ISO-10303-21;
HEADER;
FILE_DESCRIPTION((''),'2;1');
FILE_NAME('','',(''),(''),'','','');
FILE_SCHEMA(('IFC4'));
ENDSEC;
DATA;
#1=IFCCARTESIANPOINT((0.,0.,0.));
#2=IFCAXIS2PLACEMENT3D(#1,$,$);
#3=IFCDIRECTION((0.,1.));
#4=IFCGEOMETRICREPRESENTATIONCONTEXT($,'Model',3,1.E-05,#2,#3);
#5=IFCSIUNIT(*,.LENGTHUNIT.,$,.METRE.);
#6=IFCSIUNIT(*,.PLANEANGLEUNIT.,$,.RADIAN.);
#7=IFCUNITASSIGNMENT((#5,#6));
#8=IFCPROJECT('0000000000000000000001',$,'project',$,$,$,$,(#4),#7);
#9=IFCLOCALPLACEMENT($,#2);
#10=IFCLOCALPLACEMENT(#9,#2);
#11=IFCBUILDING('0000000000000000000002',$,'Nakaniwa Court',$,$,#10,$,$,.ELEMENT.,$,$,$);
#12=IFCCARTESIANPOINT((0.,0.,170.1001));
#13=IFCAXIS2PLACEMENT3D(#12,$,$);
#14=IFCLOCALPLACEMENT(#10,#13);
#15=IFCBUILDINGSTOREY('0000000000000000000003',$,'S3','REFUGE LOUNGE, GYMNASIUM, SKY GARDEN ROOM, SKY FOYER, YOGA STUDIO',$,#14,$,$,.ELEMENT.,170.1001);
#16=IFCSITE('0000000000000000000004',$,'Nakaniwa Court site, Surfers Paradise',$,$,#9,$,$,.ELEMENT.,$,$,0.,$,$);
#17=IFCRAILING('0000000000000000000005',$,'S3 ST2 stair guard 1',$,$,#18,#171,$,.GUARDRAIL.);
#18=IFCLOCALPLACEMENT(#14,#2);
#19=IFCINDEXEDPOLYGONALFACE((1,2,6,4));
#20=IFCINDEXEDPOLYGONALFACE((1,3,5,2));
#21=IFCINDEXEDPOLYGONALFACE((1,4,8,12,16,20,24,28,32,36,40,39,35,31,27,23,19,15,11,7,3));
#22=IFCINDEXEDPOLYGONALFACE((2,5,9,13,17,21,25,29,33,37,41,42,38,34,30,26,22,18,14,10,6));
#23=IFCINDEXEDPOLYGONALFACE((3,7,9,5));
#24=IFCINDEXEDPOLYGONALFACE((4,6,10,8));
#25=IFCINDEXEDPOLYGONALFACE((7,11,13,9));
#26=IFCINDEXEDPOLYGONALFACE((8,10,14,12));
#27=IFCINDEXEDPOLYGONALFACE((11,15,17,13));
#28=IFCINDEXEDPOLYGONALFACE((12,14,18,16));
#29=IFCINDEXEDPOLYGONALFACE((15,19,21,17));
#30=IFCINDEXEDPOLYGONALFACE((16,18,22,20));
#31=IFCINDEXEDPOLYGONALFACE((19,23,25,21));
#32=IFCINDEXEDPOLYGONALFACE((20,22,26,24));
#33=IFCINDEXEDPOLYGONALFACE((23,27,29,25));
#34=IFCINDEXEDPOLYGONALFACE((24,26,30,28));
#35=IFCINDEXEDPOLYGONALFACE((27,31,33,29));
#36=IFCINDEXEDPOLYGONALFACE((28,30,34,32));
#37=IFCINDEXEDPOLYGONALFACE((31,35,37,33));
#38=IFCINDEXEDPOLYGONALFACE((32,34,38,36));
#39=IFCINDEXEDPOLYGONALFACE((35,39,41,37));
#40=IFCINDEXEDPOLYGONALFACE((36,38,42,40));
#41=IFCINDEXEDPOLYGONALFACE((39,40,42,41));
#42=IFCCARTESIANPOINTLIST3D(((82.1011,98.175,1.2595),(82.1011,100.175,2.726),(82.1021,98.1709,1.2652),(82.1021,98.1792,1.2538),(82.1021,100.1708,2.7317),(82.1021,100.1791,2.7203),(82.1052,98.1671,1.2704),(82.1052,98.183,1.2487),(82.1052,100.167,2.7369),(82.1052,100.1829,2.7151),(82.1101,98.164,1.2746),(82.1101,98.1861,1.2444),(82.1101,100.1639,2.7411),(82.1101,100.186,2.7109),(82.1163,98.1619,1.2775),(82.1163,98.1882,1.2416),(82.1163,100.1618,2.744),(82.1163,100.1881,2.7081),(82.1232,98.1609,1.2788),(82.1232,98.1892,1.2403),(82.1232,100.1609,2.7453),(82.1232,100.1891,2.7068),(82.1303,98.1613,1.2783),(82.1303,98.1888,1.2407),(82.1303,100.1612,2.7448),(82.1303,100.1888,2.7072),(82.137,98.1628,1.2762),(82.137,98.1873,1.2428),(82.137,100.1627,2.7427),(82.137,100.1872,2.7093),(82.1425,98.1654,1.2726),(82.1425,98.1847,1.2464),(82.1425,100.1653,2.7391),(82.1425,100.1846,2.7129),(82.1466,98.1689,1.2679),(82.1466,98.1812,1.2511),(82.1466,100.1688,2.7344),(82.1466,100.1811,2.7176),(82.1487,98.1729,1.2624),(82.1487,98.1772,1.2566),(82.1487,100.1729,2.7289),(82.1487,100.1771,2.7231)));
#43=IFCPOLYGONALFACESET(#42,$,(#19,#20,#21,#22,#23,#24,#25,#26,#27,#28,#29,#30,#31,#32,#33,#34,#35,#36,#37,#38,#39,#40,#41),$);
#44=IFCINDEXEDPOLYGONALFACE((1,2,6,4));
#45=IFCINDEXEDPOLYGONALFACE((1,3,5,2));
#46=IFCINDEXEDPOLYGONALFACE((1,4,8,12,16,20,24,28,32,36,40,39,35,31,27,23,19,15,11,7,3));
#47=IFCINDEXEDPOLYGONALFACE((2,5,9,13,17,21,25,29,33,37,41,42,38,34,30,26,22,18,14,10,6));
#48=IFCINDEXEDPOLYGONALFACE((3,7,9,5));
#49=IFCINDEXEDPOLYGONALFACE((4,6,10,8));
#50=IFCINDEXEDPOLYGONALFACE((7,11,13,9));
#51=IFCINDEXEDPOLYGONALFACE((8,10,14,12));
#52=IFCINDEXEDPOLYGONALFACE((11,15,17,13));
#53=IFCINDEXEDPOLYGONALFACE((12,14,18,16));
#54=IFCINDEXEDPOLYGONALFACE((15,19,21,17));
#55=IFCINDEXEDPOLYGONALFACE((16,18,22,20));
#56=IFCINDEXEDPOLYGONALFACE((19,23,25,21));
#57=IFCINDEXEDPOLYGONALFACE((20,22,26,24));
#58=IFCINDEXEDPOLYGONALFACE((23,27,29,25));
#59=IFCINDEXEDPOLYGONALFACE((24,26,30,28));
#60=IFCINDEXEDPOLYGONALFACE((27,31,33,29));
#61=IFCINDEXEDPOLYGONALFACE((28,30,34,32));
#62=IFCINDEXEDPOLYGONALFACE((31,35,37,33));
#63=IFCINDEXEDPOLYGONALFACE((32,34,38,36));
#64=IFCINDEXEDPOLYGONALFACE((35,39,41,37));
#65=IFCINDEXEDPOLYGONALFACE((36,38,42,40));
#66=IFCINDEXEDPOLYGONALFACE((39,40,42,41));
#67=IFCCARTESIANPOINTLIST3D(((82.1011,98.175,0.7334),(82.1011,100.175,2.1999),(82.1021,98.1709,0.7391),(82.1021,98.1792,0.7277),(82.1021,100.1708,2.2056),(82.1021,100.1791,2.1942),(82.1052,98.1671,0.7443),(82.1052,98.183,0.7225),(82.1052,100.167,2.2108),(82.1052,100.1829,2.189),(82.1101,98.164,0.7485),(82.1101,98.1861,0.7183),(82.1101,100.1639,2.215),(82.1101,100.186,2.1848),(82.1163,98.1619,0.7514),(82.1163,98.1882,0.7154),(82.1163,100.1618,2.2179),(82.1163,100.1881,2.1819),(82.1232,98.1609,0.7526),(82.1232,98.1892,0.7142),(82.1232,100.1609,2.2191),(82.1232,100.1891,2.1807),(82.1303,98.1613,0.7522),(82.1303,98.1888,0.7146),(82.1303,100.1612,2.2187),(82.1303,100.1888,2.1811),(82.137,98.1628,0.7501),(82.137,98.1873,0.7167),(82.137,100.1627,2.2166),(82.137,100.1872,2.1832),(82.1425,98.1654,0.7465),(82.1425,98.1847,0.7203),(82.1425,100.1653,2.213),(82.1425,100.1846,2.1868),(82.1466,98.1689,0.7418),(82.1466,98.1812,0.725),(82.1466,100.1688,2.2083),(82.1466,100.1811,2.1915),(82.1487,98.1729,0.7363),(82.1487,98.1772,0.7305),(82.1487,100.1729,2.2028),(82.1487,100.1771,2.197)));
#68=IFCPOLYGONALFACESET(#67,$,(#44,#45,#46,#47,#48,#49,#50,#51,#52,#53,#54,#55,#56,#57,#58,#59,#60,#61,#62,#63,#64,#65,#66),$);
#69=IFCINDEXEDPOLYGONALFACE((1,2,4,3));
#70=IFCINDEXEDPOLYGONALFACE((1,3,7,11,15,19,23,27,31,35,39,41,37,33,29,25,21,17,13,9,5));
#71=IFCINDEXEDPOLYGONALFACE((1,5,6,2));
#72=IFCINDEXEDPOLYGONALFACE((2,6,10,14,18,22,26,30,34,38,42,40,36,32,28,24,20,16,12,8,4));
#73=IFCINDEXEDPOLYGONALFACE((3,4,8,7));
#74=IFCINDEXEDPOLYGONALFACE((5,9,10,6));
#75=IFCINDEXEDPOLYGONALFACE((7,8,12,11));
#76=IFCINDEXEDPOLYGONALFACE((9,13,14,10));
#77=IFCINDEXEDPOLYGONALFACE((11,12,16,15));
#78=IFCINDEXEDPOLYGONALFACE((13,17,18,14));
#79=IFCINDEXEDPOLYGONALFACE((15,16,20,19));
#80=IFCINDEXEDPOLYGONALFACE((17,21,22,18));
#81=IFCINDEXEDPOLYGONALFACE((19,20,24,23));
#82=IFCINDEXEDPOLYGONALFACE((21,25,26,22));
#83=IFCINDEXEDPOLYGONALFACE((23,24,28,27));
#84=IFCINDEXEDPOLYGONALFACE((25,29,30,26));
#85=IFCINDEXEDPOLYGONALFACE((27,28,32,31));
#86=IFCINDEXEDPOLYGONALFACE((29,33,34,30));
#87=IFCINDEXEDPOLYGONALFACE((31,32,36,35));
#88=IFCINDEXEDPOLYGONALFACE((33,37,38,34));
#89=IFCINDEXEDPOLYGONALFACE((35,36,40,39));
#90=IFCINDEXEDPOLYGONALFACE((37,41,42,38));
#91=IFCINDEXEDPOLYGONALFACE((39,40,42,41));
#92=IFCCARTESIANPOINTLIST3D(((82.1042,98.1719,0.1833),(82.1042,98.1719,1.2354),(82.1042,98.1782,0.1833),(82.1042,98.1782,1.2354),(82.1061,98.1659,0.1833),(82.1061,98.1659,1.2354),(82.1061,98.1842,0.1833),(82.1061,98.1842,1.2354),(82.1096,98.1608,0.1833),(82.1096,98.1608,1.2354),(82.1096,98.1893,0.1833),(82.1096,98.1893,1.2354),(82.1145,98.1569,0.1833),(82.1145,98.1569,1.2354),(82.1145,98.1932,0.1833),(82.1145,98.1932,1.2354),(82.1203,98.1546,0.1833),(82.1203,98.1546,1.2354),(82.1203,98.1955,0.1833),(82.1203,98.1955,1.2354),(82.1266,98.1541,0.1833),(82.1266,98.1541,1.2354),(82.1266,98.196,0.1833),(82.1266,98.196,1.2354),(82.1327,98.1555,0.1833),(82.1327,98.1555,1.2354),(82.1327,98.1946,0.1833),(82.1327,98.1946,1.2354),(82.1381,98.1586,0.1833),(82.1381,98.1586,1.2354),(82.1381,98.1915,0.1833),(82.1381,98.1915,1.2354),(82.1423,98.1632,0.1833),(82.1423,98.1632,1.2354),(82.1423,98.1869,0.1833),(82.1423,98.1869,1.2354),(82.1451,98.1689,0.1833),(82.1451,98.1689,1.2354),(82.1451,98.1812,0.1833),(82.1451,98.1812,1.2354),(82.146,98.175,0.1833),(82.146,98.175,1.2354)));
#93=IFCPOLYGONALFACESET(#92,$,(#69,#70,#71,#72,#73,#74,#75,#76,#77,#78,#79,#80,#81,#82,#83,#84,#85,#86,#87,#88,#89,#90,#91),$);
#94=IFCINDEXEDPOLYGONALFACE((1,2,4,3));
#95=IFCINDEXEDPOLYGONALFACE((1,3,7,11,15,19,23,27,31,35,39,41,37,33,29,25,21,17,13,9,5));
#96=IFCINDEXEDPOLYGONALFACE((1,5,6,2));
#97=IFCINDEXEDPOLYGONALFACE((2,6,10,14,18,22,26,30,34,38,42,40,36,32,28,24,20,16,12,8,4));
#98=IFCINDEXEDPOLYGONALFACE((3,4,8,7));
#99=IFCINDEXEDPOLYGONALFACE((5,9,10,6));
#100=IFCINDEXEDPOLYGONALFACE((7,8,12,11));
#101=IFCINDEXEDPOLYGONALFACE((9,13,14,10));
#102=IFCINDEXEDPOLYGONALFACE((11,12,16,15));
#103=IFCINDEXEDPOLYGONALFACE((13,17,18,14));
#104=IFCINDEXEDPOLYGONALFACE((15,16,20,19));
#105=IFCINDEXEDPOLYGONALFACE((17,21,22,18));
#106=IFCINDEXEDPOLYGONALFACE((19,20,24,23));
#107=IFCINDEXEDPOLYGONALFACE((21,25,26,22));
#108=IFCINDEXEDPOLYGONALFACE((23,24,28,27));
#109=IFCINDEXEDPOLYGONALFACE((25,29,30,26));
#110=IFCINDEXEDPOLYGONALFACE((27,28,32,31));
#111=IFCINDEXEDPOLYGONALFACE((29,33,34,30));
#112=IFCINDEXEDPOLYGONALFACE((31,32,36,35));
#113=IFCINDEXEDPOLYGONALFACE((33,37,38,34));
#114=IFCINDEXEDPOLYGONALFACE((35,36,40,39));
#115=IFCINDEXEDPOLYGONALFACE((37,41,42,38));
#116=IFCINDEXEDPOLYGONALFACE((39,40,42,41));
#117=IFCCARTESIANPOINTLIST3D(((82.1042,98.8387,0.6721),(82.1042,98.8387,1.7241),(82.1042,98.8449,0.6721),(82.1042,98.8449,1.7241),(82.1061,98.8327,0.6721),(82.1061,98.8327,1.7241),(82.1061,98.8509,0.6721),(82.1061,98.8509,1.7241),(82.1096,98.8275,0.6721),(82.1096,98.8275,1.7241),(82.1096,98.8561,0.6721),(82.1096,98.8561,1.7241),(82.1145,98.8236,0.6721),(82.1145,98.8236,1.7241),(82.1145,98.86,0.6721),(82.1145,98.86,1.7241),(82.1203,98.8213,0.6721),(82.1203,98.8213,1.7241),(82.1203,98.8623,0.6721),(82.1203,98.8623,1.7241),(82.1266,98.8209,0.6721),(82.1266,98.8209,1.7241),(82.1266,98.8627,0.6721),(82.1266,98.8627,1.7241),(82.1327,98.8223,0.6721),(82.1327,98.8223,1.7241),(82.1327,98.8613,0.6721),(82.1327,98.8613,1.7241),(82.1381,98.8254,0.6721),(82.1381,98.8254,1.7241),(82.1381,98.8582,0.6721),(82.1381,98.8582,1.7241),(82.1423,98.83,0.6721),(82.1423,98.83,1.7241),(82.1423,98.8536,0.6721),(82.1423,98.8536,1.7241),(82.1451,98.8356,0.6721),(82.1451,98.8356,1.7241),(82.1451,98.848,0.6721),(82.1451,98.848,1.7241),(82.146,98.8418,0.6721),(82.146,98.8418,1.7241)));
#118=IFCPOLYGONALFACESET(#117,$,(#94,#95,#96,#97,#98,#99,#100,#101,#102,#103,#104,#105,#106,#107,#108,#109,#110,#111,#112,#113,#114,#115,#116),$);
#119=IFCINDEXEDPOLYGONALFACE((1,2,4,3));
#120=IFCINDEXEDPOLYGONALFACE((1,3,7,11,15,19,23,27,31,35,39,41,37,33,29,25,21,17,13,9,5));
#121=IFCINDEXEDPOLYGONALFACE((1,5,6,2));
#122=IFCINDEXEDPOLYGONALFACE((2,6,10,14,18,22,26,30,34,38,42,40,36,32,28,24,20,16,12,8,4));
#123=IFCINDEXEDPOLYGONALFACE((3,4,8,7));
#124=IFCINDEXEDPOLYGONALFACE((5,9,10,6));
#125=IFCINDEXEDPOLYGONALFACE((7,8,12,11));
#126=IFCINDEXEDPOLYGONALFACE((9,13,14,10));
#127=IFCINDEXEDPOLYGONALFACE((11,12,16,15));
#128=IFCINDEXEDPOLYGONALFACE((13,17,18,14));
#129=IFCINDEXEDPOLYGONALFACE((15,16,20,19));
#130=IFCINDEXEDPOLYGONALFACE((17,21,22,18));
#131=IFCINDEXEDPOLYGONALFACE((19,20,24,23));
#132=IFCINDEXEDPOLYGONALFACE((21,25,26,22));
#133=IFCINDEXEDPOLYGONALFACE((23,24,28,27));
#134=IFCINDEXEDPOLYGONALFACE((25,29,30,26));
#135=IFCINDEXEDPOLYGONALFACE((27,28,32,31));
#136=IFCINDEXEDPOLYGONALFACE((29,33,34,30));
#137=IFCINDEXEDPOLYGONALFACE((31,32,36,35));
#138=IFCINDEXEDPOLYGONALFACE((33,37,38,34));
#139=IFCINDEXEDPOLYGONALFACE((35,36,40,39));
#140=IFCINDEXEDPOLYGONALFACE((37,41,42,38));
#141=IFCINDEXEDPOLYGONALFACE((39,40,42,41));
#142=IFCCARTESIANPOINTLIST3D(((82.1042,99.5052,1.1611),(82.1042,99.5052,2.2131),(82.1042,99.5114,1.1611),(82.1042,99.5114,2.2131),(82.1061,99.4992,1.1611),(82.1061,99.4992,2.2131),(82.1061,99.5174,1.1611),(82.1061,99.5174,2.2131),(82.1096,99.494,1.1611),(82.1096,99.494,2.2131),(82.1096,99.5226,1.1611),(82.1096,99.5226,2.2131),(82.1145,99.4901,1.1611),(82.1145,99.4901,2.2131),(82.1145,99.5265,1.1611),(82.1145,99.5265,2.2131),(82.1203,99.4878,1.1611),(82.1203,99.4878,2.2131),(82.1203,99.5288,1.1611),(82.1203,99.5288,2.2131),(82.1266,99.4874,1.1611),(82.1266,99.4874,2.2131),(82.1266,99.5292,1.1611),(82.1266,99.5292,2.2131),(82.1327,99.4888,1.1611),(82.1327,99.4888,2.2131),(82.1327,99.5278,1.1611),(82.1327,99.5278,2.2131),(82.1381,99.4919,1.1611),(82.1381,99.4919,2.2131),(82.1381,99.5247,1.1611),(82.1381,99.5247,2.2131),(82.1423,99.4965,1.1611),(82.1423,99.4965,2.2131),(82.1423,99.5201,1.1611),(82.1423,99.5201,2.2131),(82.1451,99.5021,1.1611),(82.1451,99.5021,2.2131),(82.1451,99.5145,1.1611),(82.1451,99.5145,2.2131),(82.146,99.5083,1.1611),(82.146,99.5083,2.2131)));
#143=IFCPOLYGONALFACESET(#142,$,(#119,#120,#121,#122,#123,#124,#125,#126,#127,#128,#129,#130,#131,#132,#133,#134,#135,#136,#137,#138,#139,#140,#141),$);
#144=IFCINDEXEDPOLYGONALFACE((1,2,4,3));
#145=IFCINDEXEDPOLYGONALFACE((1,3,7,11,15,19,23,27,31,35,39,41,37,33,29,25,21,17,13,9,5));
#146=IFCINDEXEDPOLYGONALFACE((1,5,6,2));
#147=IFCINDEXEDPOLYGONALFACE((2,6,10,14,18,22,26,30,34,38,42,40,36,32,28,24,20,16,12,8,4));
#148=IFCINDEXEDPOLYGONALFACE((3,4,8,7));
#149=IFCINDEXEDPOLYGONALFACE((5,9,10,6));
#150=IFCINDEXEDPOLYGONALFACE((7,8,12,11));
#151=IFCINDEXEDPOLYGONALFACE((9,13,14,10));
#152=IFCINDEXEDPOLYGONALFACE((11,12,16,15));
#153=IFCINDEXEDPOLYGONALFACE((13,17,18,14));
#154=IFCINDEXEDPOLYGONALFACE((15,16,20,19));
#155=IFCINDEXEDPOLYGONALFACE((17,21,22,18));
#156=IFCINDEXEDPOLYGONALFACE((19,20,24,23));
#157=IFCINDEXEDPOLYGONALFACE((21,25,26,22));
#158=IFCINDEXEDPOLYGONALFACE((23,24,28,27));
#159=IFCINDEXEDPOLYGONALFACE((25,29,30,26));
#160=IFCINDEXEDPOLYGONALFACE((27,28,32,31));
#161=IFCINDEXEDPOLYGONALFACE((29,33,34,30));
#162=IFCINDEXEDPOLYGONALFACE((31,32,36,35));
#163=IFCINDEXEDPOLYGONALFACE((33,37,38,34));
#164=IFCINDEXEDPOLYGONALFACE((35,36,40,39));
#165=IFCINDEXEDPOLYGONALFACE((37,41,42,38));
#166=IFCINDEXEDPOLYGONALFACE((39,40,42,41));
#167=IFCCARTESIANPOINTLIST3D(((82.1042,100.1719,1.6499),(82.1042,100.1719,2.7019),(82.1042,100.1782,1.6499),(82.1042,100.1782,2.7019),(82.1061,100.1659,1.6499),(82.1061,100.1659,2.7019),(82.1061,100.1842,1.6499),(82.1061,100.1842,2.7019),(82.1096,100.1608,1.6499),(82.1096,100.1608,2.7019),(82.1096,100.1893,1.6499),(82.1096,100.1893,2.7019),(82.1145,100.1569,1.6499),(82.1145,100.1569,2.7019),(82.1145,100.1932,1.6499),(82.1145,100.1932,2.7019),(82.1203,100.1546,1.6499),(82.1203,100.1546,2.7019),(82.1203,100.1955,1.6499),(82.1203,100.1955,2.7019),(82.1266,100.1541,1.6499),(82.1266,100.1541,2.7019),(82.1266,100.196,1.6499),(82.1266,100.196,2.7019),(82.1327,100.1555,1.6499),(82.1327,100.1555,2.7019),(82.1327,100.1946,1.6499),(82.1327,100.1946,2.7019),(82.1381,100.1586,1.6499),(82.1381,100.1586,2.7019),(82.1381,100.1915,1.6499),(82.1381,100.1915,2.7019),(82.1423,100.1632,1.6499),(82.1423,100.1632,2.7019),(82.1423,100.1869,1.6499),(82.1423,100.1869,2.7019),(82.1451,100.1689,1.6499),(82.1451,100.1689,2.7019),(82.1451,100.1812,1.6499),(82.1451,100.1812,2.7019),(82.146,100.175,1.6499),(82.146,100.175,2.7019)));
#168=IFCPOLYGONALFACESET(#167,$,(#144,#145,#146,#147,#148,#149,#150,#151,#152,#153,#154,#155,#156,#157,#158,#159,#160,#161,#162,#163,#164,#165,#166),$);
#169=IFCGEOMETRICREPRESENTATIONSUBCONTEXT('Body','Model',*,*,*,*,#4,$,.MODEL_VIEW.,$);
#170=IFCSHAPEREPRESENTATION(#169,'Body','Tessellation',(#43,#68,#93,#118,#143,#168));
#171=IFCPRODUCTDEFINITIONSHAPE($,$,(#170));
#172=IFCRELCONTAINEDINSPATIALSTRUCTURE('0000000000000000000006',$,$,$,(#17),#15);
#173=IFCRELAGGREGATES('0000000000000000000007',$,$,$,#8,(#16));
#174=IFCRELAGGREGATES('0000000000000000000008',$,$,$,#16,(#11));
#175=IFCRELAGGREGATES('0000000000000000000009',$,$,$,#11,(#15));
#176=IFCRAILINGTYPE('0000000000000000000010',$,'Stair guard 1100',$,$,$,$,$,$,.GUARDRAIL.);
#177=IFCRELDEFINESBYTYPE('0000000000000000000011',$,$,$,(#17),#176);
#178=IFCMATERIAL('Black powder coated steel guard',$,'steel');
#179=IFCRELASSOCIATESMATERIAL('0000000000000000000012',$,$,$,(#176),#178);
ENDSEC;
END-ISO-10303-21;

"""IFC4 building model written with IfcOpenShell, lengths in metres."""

from ifc_helpers import new_model, si_unit, direction, frame, origin, origin_2d, place, context, subcontext, project, spatial, circle, extrude, material, type_object, element, save


model = new_model("IFC4")

# Units and contexts
model_context = context("Model", 3, precision=1e-05, world=origin(), true_north=direction((0.0, 1.0)))
body_context = subcontext(model_context, "Body", "Model", "MODEL_VIEW")
ifc_project = project(units=[si_unit("LENGTHUNIT", "METRE"), si_unit("PLANEANGLEUNIT", "RADIAN")], contexts=[model_context])

# Site, building, storey
site_placement = place(None, origin())
site = spatial("IfcSite", under=ifc_project, at=site_placement, Name="Nakaniwa Court site, Surfers Paradise", CompositionType="ELEMENT", RefElevation=0.0)
building_placement = place(site_placement, origin())
building = spatial("IfcBuilding", under=site, at=building_placement, Name="Nakaniwa Court", CompositionType="ELEMENT")
storey_placement = place(building_placement, frame((0.0, 0.0, 170.1001)))
storey = spatial("IfcBuildingStorey", under=building, at=storey_placement, Name="S3", Description="REFUGE LOUNGE, GYMNASIUM, SKY GARDEN ROOM, SKY FOYER, YOGA STUDIO", CompositionType="ELEMENT", Elevation=170.1001)

# Railing
ifc_material_1 = material(Name="Black powder coated steel guard", Category="steel")
railing_type_1 = type_object("IfcRailingType", Name="Stair guard 1100", PredefinedType="GUARDRAIL", material=ifc_material_1)
railing_1_placement = place(storey_placement, frame((82.125, 98.175, 0.1833)))
element("IfcRailing", 1, at=railing_1_placement, inside=storey, type_object=railing_type_1, Name="S3 ST2 stair guard 1", PredefinedType="GUARDRAIL", context=body_context, shape_type="SweptSolid", body=[
    extrude(circle(Radius=0.0239, at=origin_2d()), frame((0.0, 0.0, 1.0762), z_axis=(0.0, 0.806427, 0.591334), x_axis=(-1.0, 0.0, 0.0)), (0.0, 0.0, 1.0), 2.48),
    extrude(circle(Radius=0.0239, at=origin_2d()), frame((0.0, 0.0, 0.55), z_axis=(0.0, 0.806427, 0.591334), x_axis=(-1.0, 0.0, 0.0)), (0.0, 0.0, 1.0), 2.48),
    extrude(circle(Radius=0.021, at=origin_2d()), origin(), (0.0, 0.0, 1.0), 1.052),
    extrude(circle(Radius=0.021, at=origin_2d()), frame((0.0, 0.6667, 0.4888)), (0.0, 0.0, 1.0), 1.052),
    extrude(circle(Radius=0.021, at=origin_2d()), frame((0.0, 1.3333, 0.9778)), (0.0, 0.0, 1.0), 1.052),
    extrude(circle(Radius=0.021, at=origin_2d()), frame((0.0, 2.0, 1.4666)), (0.0, 0.0, 1.0), 1.052),
])

save(model, "model.ifc")
